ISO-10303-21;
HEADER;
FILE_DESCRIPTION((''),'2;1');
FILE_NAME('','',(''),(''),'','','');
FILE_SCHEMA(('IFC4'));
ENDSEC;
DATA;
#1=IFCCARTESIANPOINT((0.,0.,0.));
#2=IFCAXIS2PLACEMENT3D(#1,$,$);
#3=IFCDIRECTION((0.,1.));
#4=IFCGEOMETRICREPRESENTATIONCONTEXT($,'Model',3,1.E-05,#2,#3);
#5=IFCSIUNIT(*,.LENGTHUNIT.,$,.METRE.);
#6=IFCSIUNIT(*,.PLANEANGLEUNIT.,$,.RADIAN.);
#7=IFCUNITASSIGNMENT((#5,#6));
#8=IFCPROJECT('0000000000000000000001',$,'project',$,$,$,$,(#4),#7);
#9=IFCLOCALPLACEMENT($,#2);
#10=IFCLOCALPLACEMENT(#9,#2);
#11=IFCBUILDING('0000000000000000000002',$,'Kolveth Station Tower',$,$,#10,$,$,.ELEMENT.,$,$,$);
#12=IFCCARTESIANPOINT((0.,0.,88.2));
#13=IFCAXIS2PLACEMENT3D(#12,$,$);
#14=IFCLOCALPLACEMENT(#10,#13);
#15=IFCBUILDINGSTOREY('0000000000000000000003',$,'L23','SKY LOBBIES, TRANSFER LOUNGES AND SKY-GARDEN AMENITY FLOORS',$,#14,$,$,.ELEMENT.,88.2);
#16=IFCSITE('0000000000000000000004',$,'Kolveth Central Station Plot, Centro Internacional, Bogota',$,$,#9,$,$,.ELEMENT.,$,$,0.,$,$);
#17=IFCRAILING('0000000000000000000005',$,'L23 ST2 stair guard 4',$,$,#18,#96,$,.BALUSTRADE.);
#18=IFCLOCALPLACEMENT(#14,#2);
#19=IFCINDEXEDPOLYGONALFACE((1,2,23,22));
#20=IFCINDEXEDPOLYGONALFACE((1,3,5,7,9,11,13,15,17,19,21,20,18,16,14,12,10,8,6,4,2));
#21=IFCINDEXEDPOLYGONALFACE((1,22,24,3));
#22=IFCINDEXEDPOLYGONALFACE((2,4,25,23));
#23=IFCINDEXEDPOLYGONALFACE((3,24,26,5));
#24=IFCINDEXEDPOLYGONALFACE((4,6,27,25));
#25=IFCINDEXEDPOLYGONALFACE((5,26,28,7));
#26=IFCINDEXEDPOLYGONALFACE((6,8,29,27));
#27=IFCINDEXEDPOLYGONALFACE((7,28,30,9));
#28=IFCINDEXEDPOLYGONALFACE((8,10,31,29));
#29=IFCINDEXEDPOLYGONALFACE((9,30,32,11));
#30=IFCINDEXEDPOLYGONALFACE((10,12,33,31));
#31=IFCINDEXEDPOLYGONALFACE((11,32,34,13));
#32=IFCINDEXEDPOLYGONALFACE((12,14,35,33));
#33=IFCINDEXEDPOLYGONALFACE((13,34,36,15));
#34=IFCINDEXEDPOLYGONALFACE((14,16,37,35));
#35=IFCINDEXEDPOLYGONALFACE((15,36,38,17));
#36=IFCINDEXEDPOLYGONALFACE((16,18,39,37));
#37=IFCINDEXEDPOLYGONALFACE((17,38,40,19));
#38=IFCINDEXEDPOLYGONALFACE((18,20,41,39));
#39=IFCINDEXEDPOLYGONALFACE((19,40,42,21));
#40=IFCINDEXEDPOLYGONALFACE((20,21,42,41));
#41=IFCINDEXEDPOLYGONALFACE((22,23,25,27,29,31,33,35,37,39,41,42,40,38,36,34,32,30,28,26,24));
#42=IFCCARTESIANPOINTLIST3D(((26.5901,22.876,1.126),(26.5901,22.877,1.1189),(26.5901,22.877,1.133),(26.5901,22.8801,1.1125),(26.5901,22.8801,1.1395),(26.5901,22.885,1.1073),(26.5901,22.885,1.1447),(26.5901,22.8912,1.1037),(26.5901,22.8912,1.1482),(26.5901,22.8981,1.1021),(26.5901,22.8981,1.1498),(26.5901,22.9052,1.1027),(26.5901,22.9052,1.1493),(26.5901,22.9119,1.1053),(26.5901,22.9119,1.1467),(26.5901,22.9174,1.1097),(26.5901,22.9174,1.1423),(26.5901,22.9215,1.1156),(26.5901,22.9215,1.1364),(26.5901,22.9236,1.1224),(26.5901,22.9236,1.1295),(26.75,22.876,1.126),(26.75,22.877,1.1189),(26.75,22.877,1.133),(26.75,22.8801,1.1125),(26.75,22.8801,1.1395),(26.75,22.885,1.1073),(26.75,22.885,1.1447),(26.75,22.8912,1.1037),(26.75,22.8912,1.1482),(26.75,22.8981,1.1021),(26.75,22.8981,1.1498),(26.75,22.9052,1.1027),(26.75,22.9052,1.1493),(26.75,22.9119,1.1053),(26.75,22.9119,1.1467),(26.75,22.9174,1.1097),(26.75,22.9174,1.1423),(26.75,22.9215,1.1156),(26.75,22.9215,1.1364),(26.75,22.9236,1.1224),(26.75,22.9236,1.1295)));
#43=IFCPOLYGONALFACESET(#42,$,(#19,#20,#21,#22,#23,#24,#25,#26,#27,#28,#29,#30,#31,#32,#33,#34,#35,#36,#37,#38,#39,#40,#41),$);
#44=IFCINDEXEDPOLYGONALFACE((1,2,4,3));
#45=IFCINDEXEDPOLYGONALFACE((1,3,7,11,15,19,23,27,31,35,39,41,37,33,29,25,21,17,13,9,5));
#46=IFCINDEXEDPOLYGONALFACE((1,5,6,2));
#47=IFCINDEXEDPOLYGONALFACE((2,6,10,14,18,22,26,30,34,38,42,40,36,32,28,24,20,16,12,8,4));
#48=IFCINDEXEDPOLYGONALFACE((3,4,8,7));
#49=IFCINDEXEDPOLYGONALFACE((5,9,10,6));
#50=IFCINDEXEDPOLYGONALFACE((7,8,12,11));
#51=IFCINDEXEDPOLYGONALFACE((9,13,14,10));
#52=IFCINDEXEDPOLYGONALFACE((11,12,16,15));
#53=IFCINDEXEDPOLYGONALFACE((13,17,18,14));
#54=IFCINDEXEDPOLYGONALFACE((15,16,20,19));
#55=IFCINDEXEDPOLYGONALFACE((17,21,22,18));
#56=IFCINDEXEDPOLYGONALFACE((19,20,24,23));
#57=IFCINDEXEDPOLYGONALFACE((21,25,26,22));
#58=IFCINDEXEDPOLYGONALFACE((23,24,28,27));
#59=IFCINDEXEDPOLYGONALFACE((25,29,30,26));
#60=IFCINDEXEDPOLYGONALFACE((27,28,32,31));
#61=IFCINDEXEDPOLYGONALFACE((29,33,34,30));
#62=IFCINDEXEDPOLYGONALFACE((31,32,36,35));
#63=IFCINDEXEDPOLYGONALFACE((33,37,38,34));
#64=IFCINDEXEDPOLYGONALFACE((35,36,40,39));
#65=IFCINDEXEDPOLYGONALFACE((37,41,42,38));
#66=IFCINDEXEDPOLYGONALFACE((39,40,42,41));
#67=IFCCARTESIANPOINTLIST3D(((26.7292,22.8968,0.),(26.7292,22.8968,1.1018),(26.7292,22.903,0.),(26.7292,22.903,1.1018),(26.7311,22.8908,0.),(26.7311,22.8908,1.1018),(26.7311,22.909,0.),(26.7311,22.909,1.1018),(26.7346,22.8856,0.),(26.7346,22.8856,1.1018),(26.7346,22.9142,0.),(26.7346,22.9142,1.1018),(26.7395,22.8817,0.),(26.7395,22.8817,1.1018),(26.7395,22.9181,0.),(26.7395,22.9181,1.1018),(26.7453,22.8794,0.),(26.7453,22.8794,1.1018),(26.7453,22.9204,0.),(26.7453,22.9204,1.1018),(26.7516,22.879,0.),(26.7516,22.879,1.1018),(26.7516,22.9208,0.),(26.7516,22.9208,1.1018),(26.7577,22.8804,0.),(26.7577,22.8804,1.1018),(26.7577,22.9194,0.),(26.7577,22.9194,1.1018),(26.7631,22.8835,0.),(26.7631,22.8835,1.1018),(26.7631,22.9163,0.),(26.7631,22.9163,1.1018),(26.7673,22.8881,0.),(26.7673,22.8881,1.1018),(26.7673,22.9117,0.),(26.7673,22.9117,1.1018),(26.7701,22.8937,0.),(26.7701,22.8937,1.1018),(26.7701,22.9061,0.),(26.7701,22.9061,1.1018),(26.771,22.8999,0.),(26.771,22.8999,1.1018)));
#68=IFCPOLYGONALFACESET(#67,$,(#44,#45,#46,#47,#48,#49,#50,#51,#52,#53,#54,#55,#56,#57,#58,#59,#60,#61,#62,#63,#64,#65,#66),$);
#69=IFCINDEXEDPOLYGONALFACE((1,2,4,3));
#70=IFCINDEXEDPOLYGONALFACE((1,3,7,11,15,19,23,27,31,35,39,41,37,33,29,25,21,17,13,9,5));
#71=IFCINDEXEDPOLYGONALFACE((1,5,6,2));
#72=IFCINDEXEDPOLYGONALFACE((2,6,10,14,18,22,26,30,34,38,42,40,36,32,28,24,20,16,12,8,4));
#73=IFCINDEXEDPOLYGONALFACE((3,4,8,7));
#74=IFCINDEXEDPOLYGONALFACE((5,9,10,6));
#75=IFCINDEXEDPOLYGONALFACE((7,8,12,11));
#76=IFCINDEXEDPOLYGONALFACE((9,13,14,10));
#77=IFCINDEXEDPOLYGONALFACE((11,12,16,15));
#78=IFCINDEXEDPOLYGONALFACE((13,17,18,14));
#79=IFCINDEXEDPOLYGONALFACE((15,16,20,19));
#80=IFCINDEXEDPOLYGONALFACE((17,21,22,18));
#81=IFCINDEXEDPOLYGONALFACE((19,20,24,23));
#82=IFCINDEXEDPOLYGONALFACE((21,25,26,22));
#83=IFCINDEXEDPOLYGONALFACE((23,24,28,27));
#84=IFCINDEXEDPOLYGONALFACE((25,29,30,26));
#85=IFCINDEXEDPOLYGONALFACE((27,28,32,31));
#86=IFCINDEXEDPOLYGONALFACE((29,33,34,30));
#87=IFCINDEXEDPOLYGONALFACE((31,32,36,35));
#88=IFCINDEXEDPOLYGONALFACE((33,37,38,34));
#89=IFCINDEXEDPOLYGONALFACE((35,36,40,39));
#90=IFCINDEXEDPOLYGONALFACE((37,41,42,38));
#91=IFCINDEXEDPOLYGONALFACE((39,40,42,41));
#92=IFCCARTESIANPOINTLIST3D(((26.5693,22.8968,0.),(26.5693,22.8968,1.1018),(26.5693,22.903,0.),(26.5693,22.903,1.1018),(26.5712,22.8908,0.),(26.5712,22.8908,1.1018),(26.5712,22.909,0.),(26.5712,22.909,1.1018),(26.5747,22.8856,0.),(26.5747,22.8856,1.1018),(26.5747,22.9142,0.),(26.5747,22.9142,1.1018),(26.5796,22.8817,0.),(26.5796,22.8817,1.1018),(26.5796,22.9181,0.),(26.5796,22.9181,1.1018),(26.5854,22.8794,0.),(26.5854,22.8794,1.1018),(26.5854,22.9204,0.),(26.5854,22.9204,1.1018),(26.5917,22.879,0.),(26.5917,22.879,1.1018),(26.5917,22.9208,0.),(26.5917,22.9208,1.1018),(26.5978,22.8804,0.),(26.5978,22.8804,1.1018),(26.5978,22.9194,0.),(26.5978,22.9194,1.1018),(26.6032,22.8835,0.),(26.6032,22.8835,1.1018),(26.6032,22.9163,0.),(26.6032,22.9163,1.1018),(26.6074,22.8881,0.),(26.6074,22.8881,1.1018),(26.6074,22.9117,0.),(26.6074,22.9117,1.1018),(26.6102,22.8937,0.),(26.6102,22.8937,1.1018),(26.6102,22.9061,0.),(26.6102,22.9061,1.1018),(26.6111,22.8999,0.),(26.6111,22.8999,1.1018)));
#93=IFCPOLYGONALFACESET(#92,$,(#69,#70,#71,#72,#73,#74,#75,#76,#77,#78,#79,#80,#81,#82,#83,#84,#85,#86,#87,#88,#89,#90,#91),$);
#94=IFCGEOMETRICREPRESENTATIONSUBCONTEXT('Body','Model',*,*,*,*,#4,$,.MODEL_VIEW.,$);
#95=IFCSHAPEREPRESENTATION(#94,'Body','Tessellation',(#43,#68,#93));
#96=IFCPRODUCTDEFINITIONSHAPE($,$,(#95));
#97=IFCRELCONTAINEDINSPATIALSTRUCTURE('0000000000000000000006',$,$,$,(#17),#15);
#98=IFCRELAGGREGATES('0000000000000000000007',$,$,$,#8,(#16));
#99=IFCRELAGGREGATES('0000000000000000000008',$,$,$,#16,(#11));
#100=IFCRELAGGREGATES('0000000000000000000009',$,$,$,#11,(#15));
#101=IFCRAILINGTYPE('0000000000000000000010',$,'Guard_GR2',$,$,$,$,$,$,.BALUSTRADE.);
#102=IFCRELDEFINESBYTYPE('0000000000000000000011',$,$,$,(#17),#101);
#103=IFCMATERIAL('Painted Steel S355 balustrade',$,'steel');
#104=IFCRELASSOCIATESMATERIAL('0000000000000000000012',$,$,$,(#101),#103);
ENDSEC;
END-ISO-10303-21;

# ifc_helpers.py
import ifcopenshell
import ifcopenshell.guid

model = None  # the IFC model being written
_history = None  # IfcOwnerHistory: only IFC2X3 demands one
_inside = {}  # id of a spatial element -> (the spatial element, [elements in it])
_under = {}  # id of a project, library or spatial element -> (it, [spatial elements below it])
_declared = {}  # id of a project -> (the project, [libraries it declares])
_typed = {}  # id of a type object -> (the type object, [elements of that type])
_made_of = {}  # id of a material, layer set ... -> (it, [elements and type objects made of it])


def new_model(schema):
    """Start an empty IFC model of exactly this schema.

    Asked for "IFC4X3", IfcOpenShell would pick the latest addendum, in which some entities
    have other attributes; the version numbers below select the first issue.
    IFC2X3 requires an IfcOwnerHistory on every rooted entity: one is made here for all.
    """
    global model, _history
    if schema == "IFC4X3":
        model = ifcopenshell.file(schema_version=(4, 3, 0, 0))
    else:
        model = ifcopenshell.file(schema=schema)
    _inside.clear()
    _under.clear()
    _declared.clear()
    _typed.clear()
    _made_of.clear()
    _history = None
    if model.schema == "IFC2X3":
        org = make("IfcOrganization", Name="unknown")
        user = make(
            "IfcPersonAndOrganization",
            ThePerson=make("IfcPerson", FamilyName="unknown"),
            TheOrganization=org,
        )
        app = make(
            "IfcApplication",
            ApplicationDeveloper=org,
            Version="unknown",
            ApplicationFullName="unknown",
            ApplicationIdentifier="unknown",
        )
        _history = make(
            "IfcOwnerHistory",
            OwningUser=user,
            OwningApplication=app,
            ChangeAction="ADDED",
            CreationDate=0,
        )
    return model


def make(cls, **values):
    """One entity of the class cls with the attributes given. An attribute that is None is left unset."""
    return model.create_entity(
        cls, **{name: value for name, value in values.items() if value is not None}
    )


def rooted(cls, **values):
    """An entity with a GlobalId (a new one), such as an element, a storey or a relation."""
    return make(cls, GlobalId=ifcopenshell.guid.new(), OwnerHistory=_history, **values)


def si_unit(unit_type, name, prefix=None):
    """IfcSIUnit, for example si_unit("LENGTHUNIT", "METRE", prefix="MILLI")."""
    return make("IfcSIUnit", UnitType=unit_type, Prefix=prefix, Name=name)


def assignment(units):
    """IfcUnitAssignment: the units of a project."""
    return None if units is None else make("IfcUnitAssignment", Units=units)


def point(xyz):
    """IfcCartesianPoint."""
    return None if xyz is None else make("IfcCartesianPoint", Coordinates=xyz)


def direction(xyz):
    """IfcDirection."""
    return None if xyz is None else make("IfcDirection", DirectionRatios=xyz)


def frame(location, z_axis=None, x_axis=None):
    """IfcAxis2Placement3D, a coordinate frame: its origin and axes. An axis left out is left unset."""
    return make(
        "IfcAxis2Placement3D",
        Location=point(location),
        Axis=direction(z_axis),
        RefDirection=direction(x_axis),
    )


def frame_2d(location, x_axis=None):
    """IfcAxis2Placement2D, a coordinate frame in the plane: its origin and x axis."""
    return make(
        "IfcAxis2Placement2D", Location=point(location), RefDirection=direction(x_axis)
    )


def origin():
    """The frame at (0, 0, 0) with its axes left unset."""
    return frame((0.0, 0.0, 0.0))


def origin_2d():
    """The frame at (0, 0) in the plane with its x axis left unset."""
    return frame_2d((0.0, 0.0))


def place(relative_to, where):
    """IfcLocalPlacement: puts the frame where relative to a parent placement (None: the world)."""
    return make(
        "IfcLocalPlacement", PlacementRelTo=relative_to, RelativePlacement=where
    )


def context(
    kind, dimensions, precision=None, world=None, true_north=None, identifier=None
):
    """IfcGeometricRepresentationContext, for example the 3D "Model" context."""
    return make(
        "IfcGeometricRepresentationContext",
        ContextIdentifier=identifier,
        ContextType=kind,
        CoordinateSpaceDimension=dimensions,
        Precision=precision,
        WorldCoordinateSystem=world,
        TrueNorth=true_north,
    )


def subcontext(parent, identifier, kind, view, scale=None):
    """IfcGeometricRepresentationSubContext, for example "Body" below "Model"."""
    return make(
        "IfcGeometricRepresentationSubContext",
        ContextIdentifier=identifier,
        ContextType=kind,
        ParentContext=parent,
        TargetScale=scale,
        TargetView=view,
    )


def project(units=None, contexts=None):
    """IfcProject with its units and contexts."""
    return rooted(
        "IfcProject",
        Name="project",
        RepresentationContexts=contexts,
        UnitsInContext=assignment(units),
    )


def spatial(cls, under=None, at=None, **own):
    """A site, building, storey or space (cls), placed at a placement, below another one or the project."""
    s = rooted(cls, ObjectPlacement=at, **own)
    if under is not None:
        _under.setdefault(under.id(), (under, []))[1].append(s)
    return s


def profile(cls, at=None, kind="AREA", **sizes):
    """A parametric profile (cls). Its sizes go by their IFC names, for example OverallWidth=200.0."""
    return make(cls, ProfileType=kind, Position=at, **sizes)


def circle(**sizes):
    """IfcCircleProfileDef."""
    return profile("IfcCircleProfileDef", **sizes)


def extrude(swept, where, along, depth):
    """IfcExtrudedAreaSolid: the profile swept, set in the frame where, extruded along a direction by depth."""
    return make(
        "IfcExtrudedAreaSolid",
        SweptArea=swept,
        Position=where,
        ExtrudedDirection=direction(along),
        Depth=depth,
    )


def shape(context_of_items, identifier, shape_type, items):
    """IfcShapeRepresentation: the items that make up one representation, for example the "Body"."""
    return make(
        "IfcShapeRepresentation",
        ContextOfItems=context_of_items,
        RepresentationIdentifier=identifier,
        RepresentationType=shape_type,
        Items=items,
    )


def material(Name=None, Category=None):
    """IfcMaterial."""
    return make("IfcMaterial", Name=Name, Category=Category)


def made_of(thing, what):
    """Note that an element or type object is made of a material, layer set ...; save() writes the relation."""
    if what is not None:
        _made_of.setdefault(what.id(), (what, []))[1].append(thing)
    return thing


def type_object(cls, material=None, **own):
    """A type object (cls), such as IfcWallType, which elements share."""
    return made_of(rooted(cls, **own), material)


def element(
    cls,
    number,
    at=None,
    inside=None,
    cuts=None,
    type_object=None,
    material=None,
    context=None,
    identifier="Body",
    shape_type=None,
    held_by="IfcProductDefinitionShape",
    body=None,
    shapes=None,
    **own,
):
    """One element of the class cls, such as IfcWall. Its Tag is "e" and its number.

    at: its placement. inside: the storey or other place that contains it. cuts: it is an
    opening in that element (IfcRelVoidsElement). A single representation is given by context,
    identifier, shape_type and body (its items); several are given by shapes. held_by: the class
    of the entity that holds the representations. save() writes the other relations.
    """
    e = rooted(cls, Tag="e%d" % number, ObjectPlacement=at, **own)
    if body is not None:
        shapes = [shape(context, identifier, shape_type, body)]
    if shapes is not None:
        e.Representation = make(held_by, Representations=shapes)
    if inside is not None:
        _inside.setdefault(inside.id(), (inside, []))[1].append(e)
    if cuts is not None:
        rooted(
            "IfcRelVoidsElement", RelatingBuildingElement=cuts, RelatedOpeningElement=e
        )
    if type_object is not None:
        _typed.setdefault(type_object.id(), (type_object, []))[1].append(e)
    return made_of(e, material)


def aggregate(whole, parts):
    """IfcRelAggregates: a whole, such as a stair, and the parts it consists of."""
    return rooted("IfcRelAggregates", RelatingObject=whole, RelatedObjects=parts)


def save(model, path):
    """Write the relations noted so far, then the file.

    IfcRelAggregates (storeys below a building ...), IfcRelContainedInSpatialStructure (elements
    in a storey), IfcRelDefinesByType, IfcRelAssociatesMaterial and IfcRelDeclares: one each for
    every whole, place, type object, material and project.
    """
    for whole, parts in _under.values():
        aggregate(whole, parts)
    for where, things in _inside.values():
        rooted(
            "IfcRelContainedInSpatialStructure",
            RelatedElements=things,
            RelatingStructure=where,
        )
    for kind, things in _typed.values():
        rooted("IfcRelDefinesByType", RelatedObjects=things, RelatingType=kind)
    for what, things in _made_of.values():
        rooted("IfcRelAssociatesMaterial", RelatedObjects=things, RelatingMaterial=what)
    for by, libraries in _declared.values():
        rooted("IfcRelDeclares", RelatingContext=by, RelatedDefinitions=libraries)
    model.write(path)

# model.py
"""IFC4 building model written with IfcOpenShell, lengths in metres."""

from ifc_helpers import new_model, si_unit, direction, frame, origin, origin_2d, place, context, subcontext, project, spatial, circle, extrude, material, type_object, element, save


model = new_model("IFC4")

# Units and contexts
model_context = context("Model", 3, precision=1e-05, world=origin(), true_north=direction((0.0, 1.0)))
body_context = subcontext(model_context, "Body", "Model", "MODEL_VIEW")
ifc_project = project(units=[si_unit("LENGTHUNIT", "METRE"), si_unit("PLANEANGLEUNIT", "RADIAN")], contexts=[model_context])

# Site, building, storey
site_placement = place(None, origin())
site = spatial("IfcSite", under=ifc_project, at=site_placement, Name="Kolveth Central Station Plot, Centro Internacional, Bogota", CompositionType="ELEMENT", RefElevation=0.0)
building_placement = place(site_placement, origin())
building = spatial("IfcBuilding", under=site, at=building_placement, Name="Kolveth Station Tower", CompositionType="ELEMENT")
storey_placement = place(building_placement, frame((0.0, 0.0, 88.2)))
storey = spatial("IfcBuildingStorey", under=building, at=storey_placement, Name="L23", Description="SKY LOBBIES, TRANSFER LOUNGES AND SKY-GARDEN AMENITY FLOORS", CompositionType="ELEMENT", Elevation=88.2)

# Railing
ifc_material_1 = material(Name="Painted Steel S355 balustrade", Category="steel")
railing_type_1 = type_object("IfcRailingType", Name="Guard_GR2", PredefinedType="BALUSTRADE", material=ifc_material_1)
railing_1_placement = place(storey_placement, frame((26.75, 22.8999, 0.0)))
element("IfcRailing", 1, at=railing_1_placement, inside=storey, type_object=railing_type_1, Name="L23 ST2 stair guard 4", PredefinedType="BALUSTRADE", context=body_context, shape_type="SweptSolid", body=[
    extrude(circle(Radius=0.0239, at=origin_2d()), frame((0.0, 0.0, 1.126), z_axis=(-1.0, 0.0, 0.0), x_axis=(0.0, -1.0, 0.0)), (0.0, 0.0, 1.0), 0.1599),
    extrude(circle(Radius=0.021, at=origin_2d()), origin(), (0.0, 0.0, 1.0), 1.1018),
    extrude(circle(Radius=0.021, at=origin_2d()), frame((-0.1599, 0.0, 0.0)), (0.0, 0.0, 1.0), 1.1018),
])

save(model, "model.ifc")
